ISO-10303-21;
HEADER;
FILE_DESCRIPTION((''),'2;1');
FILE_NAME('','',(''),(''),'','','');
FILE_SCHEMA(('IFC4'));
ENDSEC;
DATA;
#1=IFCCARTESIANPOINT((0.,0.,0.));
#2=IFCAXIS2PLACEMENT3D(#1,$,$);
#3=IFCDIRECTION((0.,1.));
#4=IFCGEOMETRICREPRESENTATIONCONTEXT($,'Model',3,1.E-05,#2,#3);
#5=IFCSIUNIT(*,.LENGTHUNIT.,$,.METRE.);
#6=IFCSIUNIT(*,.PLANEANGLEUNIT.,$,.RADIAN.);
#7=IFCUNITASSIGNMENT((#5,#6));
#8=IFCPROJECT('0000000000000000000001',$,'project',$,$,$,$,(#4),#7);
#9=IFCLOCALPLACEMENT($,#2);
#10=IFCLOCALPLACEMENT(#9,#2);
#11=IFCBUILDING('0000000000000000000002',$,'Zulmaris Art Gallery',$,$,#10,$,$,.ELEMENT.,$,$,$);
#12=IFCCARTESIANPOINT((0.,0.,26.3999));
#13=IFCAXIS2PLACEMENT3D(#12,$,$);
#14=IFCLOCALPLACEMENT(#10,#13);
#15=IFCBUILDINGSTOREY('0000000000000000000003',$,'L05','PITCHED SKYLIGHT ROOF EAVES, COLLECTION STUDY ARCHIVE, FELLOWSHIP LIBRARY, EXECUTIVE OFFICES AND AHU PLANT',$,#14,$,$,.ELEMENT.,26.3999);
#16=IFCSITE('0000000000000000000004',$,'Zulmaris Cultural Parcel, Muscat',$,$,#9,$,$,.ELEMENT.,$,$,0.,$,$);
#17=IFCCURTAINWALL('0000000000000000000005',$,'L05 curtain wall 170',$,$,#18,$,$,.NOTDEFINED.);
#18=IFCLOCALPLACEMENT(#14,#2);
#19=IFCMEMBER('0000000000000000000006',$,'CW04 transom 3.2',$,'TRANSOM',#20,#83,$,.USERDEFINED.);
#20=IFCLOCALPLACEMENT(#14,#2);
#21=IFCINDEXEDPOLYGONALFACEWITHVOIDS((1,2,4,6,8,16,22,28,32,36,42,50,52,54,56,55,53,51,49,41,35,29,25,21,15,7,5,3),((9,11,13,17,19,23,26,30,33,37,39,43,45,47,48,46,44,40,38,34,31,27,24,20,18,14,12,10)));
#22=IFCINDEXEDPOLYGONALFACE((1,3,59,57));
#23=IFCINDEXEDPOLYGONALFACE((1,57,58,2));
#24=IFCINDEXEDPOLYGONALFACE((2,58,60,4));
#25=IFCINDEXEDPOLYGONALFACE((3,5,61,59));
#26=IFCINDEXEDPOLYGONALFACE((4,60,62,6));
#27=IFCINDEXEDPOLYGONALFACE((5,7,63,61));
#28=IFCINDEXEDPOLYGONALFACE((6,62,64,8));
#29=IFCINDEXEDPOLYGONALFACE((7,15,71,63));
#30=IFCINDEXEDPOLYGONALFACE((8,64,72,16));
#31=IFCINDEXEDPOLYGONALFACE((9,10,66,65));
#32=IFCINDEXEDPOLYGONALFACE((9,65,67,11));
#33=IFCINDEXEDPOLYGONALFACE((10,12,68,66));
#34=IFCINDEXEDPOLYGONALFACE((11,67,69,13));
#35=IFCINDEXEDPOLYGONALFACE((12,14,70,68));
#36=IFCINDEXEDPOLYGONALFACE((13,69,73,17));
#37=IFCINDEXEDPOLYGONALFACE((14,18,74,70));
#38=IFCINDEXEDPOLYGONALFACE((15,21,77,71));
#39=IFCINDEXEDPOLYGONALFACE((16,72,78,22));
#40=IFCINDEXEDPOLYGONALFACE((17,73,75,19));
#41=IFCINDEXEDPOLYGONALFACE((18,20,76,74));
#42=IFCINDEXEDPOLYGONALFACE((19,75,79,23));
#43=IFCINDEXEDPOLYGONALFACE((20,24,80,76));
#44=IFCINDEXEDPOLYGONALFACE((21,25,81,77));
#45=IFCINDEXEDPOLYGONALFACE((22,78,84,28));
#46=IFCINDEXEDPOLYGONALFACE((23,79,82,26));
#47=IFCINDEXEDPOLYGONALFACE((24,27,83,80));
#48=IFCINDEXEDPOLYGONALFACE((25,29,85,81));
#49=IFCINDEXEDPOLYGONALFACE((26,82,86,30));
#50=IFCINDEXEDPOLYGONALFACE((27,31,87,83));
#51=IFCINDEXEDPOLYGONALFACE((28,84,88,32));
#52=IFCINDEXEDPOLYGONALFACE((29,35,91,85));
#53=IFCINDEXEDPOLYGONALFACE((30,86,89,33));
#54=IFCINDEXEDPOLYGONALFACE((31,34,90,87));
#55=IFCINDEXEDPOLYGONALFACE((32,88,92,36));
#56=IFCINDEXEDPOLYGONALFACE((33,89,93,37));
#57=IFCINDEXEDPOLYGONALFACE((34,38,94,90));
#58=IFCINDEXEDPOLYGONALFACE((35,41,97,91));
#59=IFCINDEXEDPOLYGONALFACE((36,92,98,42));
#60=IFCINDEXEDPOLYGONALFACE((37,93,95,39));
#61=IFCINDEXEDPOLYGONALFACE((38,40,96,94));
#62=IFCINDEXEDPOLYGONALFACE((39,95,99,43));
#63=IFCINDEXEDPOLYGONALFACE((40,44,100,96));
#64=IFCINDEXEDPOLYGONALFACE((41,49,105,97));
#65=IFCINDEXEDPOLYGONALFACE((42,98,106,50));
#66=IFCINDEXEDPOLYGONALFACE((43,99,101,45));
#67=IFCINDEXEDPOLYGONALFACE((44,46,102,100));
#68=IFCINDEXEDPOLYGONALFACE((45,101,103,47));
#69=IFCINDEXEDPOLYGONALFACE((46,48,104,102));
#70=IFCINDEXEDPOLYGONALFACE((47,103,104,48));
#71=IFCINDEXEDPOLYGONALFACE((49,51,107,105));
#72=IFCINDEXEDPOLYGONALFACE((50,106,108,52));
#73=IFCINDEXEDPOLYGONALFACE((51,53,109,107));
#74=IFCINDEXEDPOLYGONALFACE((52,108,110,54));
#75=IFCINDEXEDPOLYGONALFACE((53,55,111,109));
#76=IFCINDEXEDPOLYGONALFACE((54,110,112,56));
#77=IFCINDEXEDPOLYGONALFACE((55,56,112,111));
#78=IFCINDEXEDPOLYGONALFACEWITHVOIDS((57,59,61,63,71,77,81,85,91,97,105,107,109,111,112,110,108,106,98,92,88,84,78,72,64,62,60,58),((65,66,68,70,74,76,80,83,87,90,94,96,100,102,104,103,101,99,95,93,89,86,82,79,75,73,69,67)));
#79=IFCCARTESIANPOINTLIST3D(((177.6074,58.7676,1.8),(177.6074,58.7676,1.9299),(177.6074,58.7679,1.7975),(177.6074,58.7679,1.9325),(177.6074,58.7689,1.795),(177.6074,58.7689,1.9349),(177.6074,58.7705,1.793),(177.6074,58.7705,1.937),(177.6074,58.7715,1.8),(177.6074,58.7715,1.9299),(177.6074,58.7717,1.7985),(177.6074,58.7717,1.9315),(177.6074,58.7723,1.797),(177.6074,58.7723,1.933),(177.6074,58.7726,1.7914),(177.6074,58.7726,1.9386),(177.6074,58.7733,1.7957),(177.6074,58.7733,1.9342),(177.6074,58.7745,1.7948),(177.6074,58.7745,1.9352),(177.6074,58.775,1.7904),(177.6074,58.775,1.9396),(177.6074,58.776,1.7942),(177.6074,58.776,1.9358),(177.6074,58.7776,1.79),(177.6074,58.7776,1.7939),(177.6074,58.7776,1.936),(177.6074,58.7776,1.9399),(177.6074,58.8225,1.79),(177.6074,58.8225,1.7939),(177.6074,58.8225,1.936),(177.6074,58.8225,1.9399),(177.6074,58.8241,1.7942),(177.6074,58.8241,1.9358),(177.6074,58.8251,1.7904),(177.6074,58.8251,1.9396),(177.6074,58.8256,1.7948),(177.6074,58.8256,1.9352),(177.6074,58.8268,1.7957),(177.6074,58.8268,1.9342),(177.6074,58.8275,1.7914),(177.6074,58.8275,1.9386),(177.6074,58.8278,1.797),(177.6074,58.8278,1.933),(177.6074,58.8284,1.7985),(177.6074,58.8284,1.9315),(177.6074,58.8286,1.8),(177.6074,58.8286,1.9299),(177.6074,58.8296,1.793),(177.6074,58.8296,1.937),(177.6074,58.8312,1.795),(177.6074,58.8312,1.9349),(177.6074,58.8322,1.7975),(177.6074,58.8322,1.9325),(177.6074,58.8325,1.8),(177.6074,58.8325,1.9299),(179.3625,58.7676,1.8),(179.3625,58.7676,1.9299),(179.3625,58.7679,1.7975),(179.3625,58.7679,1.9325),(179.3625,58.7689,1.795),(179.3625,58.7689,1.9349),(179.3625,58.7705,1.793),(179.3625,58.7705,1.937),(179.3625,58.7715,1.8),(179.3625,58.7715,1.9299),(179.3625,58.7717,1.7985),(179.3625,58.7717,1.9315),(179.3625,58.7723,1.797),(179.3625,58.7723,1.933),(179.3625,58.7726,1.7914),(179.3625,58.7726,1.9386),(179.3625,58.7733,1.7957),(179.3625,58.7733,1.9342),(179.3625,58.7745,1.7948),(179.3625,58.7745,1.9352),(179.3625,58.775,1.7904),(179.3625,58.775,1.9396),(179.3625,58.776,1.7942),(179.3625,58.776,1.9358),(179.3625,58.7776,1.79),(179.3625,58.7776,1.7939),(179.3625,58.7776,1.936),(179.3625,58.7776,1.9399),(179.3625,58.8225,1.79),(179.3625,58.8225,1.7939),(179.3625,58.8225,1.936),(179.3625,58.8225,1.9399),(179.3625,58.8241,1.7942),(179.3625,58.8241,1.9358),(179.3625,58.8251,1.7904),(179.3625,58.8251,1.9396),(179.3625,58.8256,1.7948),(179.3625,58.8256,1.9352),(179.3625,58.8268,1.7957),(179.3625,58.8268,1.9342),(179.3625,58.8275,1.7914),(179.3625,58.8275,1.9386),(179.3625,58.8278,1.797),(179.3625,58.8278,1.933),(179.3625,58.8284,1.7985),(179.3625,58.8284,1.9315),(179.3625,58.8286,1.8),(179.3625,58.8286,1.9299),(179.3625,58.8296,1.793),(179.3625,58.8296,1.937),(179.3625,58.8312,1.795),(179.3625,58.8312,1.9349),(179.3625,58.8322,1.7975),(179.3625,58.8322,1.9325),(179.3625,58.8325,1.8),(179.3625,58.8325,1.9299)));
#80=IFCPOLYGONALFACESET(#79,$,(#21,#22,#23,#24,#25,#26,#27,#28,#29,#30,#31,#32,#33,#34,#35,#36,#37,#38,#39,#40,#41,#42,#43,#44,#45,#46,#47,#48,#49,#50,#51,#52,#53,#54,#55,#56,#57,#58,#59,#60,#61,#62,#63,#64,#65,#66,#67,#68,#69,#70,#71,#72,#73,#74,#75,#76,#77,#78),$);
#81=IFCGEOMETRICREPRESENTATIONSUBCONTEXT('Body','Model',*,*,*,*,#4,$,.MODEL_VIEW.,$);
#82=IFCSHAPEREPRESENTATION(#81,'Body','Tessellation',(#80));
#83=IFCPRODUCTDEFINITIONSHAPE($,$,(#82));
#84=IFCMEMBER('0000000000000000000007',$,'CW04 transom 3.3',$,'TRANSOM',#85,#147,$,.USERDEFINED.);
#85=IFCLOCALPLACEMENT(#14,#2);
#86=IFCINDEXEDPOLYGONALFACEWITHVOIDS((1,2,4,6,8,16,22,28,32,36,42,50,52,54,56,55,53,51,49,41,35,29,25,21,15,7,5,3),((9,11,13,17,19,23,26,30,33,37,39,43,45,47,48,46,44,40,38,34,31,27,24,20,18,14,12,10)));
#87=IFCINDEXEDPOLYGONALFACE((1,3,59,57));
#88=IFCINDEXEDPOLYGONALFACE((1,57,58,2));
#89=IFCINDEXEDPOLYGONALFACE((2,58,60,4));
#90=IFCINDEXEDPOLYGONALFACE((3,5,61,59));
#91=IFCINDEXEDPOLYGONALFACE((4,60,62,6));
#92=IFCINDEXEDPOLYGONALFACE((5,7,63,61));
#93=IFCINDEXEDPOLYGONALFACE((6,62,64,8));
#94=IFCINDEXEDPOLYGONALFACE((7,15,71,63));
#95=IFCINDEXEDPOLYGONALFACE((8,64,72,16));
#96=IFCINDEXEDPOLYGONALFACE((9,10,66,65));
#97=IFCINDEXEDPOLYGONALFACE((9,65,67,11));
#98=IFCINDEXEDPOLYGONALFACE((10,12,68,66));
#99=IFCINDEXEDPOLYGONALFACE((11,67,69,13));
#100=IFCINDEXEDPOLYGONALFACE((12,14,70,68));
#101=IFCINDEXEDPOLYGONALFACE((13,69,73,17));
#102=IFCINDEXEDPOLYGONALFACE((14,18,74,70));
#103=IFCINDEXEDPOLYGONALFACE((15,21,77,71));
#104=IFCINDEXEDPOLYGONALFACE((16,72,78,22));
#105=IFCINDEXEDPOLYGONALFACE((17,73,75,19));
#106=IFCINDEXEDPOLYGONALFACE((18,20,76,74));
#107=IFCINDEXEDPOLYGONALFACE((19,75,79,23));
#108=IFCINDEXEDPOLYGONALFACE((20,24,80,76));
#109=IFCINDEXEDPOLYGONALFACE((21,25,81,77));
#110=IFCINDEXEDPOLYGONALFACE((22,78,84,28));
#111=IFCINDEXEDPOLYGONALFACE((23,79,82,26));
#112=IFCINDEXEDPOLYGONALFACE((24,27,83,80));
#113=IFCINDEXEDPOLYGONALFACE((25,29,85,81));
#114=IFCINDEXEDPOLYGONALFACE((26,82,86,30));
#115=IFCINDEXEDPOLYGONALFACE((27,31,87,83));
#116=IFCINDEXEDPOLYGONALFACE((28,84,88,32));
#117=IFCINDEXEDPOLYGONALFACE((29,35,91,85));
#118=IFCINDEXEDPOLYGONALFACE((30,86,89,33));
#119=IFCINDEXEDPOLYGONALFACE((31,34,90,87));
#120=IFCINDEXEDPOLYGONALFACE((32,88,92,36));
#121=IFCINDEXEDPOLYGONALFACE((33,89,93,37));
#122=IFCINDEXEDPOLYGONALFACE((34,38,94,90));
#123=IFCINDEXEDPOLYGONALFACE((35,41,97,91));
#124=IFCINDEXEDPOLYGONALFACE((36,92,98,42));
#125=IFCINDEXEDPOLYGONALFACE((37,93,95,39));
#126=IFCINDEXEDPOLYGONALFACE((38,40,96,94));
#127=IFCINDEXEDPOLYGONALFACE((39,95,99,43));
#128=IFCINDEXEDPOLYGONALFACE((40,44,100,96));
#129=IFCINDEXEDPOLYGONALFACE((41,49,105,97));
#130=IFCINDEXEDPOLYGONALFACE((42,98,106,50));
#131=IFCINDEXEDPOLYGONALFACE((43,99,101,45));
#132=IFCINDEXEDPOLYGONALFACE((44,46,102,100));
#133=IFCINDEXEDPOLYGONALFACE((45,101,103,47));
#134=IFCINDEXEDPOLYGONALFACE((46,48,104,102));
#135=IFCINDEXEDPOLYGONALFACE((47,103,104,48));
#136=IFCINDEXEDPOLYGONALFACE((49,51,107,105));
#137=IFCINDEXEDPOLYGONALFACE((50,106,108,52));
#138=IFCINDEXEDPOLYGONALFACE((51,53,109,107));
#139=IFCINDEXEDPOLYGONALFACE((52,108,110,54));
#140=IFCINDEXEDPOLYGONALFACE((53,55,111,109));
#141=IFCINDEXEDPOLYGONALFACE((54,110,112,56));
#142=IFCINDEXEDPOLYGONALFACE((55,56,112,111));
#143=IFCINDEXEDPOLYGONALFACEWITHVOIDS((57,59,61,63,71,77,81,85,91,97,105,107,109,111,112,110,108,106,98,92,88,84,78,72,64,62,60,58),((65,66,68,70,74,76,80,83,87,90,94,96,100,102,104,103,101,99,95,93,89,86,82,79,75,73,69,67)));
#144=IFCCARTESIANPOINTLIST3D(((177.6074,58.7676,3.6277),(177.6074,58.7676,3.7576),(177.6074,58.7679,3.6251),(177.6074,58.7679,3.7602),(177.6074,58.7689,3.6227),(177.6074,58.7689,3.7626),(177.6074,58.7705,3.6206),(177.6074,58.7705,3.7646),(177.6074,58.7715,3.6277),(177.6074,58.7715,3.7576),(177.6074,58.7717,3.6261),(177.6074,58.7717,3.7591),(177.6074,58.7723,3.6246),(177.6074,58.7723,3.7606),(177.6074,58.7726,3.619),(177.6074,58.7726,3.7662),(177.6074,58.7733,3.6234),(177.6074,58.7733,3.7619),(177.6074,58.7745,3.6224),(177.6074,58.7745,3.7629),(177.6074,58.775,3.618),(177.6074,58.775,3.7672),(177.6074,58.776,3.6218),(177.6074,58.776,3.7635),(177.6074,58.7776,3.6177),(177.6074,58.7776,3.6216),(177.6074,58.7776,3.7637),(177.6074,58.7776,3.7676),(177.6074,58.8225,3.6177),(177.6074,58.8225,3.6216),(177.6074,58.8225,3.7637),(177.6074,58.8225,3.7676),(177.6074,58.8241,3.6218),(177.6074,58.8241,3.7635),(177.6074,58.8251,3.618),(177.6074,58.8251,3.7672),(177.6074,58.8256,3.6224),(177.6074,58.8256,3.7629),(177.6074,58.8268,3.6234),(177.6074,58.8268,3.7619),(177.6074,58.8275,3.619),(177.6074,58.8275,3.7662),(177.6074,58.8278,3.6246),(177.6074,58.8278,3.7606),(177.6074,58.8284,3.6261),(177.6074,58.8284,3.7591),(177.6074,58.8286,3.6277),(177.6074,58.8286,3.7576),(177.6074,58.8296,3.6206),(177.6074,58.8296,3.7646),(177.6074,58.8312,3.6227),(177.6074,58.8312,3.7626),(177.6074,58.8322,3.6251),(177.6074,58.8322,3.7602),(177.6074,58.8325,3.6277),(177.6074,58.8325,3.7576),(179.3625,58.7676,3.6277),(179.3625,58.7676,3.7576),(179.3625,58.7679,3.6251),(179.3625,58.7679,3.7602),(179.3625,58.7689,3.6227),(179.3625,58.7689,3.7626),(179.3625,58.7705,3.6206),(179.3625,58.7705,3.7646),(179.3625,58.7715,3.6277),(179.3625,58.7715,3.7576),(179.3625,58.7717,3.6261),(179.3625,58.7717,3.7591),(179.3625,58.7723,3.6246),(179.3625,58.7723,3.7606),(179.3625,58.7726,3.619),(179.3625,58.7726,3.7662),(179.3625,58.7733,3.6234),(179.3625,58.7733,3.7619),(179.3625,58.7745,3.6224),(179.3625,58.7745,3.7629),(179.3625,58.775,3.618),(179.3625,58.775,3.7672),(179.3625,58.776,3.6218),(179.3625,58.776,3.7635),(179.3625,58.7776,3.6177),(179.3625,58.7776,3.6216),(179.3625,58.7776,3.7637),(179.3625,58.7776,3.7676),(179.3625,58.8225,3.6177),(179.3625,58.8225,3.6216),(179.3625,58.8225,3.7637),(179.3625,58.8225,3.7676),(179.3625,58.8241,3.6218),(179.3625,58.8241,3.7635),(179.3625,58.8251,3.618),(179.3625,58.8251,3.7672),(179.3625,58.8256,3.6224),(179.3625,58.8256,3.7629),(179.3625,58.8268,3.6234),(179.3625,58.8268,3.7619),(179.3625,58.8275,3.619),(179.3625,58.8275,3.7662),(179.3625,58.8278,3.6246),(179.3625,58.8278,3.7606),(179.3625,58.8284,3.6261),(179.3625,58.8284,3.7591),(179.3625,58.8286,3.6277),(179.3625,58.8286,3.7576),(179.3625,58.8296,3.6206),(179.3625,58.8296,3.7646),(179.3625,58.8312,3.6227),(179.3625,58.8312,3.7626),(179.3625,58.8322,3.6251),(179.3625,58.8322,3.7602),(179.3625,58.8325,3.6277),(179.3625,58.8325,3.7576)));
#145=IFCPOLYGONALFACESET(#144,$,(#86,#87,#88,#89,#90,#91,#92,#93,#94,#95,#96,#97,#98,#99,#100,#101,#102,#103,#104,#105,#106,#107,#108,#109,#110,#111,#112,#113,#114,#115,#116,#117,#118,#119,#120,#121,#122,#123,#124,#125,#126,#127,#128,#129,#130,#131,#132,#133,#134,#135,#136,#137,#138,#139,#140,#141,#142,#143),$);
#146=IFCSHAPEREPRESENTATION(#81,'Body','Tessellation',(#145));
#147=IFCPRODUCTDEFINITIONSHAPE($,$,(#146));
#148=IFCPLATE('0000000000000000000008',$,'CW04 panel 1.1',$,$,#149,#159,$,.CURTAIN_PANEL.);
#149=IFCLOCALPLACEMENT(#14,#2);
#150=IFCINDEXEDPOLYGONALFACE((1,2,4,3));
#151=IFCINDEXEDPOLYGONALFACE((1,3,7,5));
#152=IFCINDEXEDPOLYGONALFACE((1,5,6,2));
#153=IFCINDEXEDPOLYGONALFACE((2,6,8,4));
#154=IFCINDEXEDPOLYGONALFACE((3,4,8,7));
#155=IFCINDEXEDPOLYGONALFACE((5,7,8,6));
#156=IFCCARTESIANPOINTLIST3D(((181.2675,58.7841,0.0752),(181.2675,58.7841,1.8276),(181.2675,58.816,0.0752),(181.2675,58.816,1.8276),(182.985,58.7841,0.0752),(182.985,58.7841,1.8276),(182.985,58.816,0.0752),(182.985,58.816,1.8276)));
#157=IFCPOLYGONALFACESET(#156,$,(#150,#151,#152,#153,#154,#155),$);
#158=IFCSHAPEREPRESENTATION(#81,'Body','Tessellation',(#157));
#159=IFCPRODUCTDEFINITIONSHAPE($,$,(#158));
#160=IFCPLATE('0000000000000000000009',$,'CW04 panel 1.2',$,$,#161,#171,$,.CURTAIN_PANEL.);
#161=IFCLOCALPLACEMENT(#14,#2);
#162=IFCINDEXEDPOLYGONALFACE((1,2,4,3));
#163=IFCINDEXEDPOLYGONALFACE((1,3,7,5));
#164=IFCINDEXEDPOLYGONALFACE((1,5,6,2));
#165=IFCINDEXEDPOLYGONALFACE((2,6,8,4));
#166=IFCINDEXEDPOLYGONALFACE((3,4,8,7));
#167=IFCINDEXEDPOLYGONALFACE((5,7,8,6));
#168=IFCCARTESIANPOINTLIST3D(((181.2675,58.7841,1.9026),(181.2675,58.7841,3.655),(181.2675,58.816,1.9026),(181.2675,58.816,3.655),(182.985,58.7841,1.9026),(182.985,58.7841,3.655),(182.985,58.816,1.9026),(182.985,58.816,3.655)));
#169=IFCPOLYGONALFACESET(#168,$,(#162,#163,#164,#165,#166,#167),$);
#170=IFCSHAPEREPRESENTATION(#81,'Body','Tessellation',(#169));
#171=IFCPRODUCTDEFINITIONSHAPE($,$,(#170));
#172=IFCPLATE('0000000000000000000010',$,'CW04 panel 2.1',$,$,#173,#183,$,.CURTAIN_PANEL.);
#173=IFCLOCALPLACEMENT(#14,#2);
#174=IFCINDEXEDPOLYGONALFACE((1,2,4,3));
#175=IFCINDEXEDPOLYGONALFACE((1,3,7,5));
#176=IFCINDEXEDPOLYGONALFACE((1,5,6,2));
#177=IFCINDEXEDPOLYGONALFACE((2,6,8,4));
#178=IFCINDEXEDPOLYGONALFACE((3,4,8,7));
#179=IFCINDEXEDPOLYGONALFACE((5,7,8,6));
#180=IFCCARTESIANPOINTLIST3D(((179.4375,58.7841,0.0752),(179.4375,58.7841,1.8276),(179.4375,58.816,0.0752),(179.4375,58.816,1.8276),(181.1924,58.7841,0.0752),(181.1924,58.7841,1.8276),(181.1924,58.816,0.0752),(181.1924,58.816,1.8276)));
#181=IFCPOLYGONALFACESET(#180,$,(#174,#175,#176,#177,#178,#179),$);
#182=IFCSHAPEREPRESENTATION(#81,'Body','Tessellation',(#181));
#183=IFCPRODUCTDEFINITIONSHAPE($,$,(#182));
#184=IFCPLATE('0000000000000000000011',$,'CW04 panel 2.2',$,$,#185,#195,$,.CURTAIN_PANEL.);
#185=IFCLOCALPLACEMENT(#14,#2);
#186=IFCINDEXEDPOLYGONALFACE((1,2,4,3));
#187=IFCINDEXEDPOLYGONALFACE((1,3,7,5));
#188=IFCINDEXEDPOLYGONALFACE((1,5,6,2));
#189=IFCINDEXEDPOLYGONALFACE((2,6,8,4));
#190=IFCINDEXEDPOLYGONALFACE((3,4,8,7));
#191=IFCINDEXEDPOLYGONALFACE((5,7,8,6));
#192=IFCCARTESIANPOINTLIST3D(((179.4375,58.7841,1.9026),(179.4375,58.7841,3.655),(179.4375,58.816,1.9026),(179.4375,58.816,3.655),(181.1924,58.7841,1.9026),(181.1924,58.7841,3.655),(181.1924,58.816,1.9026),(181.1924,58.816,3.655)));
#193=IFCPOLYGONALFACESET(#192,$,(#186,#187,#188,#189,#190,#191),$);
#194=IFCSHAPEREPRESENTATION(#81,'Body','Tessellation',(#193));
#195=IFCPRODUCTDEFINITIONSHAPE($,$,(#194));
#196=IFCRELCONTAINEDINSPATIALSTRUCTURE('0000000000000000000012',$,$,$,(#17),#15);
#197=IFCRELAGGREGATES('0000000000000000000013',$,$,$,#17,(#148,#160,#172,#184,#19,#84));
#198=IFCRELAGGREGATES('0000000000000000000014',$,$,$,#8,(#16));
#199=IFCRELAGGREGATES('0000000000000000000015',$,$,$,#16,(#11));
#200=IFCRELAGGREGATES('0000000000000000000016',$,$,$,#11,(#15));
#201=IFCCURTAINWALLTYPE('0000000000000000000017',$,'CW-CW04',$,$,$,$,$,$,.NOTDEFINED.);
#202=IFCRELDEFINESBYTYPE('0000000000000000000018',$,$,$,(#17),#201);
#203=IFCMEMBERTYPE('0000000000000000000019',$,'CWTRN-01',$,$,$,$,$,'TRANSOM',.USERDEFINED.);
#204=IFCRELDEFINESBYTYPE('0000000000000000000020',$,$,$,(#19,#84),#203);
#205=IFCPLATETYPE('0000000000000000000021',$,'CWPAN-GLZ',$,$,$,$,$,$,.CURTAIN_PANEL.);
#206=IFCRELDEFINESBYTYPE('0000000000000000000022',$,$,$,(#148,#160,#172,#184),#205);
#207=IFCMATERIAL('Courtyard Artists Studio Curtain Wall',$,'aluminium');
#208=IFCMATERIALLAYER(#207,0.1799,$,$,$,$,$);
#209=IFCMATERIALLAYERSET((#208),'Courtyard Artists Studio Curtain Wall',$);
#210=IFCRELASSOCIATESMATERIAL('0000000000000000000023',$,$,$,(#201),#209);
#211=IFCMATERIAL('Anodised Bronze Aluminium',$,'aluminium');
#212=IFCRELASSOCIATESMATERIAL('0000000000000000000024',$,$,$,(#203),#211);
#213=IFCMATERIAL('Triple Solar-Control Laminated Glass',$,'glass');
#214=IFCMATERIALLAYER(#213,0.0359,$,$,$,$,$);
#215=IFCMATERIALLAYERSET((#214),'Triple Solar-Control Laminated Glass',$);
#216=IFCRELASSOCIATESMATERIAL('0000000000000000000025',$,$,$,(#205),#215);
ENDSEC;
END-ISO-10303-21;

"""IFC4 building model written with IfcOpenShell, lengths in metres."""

from ifc_helpers import new_model, si_unit, direction, frame, origin, origin_2d, place, context, subcontext, project, spatial, rectangle, hollow_rectangle, extrude, material, layer, layer_set, material_profile, profile_set, type_object, element, aggregate, save


model = new_model("IFC4")

# Units and contexts
model_context = context("Model", 3, precision=1e-05, world=origin(), true_north=direction((0.0, 1.0)))
body_context = subcontext(model_context, "Body", "Model", "MODEL_VIEW")
ifc_project = project(units=[si_unit("LENGTHUNIT", "METRE"), si_unit("PLANEANGLEUNIT", "RADIAN")], contexts=[model_context])

# Site, building, storey
site_placement = place(None, origin())
site = spatial("IfcSite", under=ifc_project, at=site_placement, Name="Zulmaris Cultural Parcel, Muscat", CompositionType="ELEMENT", RefElevation=0.0)
building_placement = place(site_placement, origin())
building = spatial("IfcBuilding", under=site, at=building_placement, Name="Zulmaris Art Gallery", CompositionType="ELEMENT")
storey_placement = place(building_placement, frame((0.0, 0.0, 26.3999)))
storey = spatial("IfcBuildingStorey", under=building, at=storey_placement, Name="L05", Description="PITCHED SKYLIGHT ROOF EAVES, COLLECTION STUDY ARCHIVE, FELLOWSHIP LIBRARY, EXECUTIVE OFFICES AND AHU PLANT", CompositionType="ELEMENT", Elevation=26.3999)

# Curtain wall, members, plates
ifc_material_1 = material(Name="Courtyard Artists Studio Curtain Wall", Category="aluminium")
ifc_layer_1 = layer(ifc_material_1, 0.1799)
ifc_layer_set_1 = layer_set([ifc_layer_1], Name="Courtyard Artists Studio Curtain Wall")
curtain_wall_type = type_object("IfcCurtainWallType", Name="CW-CW04", PredefinedType="NOTDEFINED", material=ifc_layer_set_1)
curtain_wall_placement = place(storey_placement, origin())
curtain_wall = element("IfcCurtainWall", 1, at=curtain_wall_placement, inside=storey, type_object=curtain_wall_type, Name="L05 curtain wall 170", PredefinedType="NOTDEFINED")
ifc_material_2 = material(Name="Anodised Bronze Aluminium", Category="aluminium")
ifc_material_profile_1 = material_profile(ifc_material_2, hollow_rectangle(XDim=0.0649, YDim=0.1499, WallThickness=0.0039, InnerFilletRadius=0.0061, OuterFilletRadius=0.01, at=origin_2d()), Name="ALU 65x150x4")
ifc_profile_set_1 = profile_set([ifc_material_profile_1], Name="Anodised Bronze Aluminium")
member_type_1 = type_object("IfcMemberType", Name="CWTRN-01", ElementType="TRANSOM", PredefinedType="USERDEFINED", material=ifc_profile_set_1)
member_1_placement = place(storey_placement, frame((179.3625, 58.8, 1.865), z_axis=(-1.0, 0.0, 0.0), x_axis=(0.0, -1.0, 0.0)))
member_1 = element("IfcMember", 2, at=member_1_placement, type_object=member_type_1, Name="CW04 transom 3.2", ObjectType="TRANSOM", PredefinedType="USERDEFINED", context=body_context, shape_type="SweptSolid", body=[
    extrude(hollow_rectangle(XDim=0.0649, YDim=0.1499, WallThickness=0.0039, InnerFilletRadius=0.0061, OuterFilletRadius=0.01, at=origin_2d()), origin(), (0.0, 0.0, 1.0), 1.7551),
])
member_2_placement = place(storey_placement, frame((179.3625, 58.8, 3.6926), z_axis=(-1.0, 0.0, 0.0), x_axis=(0.0, -1.0, 0.0)))
member_2 = element("IfcMember", 3, at=member_2_placement, type_object=member_type_1, Name="CW04 transom 3.3", ObjectType="TRANSOM", PredefinedType="USERDEFINED", context=body_context, shape_type="SweptSolid", body=[
    extrude(hollow_rectangle(XDim=0.0649, YDim=0.1499, WallThickness=0.0039, InnerFilletRadius=0.0061, OuterFilletRadius=0.01, at=origin_2d()), origin(), (0.0, 0.0, 1.0), 1.7551),
])
ifc_material_3 = material(Name="Triple Solar-Control Laminated Glass", Category="glass")
ifc_layer_2 = layer(ifc_material_3, 0.0359)
ifc_layer_set_2 = layer_set([ifc_layer_2], Name="Triple Solar-Control Laminated Glass")
plate_type = type_object("IfcPlateType", Name="CWPAN-GLZ", PredefinedType="CURTAIN_PANEL", material=ifc_layer_set_2)
plate_1_placement = place(storey_placement, frame((182.1262, 58.8, 0.0752), z_axis=(0.0, 0.0, 1.0), x_axis=(-1.0, 0.0, 0.0)))
plate_1 = element("IfcPlate", 4, at=plate_1_placement, type_object=plate_type, Name="CW04 panel 1.1", PredefinedType="CURTAIN_PANEL", context=body_context, shape_type="SweptSolid", body=[
    extrude(rectangle(XDim=1.7175, YDim=0.032, at=origin_2d()), origin(), (0.0, 0.0, 1.0), 1.7524),
])
plate_2_placement = place(storey_placement, frame((182.1262, 58.8, 1.9026), z_axis=(0.0, 0.0, 1.0), x_axis=(-1.0, 0.0, 0.0)))
plate_2 = element("IfcPlate", 5, at=plate_2_placement, type_object=plate_type, Name="CW04 panel 1.2", PredefinedType="CURTAIN_PANEL", context=body_context, shape_type="SweptSolid", body=[
    extrude(rectangle(XDim=1.7175, YDim=0.032, at=origin_2d()), origin(), (0.0, 0.0, 1.0), 1.7524),
])
plate_3_placement = place(storey_placement, frame((180.3149, 58.8, 0.0752), z_axis=(0.0, 0.0, 1.0), x_axis=(-1.0, 0.0, 0.0)))
plate_3 = element("IfcPlate", 6, at=plate_3_placement, type_object=plate_type, Name="CW04 panel 2.1", PredefinedType="CURTAIN_PANEL", context=body_context, shape_type="SweptSolid", body=[
    extrude(rectangle(XDim=1.7549, YDim=0.032, at=origin_2d()), origin(), (0.0, 0.0, 1.0), 1.7524),
])
plate_4_placement = place(storey_placement, frame((180.3149, 58.8, 1.9026), z_axis=(0.0, 0.0, 1.0), x_axis=(-1.0, 0.0, 0.0)))
plate_4 = element("IfcPlate", 7, at=plate_4_placement, type_object=plate_type, Name="CW04 panel 2.2", PredefinedType="CURTAIN_PANEL", context=body_context, shape_type="SweptSolid", body=[
    extrude(rectangle(XDim=1.7549, YDim=0.032, at=origin_2d()), origin(), (0.0, 0.0, 1.0), 1.7524),
])
aggregate(curtain_wall, [plate_1, plate_2, plate_3, plate_4, member_1, member_2])

save(model, "model.ifc")
